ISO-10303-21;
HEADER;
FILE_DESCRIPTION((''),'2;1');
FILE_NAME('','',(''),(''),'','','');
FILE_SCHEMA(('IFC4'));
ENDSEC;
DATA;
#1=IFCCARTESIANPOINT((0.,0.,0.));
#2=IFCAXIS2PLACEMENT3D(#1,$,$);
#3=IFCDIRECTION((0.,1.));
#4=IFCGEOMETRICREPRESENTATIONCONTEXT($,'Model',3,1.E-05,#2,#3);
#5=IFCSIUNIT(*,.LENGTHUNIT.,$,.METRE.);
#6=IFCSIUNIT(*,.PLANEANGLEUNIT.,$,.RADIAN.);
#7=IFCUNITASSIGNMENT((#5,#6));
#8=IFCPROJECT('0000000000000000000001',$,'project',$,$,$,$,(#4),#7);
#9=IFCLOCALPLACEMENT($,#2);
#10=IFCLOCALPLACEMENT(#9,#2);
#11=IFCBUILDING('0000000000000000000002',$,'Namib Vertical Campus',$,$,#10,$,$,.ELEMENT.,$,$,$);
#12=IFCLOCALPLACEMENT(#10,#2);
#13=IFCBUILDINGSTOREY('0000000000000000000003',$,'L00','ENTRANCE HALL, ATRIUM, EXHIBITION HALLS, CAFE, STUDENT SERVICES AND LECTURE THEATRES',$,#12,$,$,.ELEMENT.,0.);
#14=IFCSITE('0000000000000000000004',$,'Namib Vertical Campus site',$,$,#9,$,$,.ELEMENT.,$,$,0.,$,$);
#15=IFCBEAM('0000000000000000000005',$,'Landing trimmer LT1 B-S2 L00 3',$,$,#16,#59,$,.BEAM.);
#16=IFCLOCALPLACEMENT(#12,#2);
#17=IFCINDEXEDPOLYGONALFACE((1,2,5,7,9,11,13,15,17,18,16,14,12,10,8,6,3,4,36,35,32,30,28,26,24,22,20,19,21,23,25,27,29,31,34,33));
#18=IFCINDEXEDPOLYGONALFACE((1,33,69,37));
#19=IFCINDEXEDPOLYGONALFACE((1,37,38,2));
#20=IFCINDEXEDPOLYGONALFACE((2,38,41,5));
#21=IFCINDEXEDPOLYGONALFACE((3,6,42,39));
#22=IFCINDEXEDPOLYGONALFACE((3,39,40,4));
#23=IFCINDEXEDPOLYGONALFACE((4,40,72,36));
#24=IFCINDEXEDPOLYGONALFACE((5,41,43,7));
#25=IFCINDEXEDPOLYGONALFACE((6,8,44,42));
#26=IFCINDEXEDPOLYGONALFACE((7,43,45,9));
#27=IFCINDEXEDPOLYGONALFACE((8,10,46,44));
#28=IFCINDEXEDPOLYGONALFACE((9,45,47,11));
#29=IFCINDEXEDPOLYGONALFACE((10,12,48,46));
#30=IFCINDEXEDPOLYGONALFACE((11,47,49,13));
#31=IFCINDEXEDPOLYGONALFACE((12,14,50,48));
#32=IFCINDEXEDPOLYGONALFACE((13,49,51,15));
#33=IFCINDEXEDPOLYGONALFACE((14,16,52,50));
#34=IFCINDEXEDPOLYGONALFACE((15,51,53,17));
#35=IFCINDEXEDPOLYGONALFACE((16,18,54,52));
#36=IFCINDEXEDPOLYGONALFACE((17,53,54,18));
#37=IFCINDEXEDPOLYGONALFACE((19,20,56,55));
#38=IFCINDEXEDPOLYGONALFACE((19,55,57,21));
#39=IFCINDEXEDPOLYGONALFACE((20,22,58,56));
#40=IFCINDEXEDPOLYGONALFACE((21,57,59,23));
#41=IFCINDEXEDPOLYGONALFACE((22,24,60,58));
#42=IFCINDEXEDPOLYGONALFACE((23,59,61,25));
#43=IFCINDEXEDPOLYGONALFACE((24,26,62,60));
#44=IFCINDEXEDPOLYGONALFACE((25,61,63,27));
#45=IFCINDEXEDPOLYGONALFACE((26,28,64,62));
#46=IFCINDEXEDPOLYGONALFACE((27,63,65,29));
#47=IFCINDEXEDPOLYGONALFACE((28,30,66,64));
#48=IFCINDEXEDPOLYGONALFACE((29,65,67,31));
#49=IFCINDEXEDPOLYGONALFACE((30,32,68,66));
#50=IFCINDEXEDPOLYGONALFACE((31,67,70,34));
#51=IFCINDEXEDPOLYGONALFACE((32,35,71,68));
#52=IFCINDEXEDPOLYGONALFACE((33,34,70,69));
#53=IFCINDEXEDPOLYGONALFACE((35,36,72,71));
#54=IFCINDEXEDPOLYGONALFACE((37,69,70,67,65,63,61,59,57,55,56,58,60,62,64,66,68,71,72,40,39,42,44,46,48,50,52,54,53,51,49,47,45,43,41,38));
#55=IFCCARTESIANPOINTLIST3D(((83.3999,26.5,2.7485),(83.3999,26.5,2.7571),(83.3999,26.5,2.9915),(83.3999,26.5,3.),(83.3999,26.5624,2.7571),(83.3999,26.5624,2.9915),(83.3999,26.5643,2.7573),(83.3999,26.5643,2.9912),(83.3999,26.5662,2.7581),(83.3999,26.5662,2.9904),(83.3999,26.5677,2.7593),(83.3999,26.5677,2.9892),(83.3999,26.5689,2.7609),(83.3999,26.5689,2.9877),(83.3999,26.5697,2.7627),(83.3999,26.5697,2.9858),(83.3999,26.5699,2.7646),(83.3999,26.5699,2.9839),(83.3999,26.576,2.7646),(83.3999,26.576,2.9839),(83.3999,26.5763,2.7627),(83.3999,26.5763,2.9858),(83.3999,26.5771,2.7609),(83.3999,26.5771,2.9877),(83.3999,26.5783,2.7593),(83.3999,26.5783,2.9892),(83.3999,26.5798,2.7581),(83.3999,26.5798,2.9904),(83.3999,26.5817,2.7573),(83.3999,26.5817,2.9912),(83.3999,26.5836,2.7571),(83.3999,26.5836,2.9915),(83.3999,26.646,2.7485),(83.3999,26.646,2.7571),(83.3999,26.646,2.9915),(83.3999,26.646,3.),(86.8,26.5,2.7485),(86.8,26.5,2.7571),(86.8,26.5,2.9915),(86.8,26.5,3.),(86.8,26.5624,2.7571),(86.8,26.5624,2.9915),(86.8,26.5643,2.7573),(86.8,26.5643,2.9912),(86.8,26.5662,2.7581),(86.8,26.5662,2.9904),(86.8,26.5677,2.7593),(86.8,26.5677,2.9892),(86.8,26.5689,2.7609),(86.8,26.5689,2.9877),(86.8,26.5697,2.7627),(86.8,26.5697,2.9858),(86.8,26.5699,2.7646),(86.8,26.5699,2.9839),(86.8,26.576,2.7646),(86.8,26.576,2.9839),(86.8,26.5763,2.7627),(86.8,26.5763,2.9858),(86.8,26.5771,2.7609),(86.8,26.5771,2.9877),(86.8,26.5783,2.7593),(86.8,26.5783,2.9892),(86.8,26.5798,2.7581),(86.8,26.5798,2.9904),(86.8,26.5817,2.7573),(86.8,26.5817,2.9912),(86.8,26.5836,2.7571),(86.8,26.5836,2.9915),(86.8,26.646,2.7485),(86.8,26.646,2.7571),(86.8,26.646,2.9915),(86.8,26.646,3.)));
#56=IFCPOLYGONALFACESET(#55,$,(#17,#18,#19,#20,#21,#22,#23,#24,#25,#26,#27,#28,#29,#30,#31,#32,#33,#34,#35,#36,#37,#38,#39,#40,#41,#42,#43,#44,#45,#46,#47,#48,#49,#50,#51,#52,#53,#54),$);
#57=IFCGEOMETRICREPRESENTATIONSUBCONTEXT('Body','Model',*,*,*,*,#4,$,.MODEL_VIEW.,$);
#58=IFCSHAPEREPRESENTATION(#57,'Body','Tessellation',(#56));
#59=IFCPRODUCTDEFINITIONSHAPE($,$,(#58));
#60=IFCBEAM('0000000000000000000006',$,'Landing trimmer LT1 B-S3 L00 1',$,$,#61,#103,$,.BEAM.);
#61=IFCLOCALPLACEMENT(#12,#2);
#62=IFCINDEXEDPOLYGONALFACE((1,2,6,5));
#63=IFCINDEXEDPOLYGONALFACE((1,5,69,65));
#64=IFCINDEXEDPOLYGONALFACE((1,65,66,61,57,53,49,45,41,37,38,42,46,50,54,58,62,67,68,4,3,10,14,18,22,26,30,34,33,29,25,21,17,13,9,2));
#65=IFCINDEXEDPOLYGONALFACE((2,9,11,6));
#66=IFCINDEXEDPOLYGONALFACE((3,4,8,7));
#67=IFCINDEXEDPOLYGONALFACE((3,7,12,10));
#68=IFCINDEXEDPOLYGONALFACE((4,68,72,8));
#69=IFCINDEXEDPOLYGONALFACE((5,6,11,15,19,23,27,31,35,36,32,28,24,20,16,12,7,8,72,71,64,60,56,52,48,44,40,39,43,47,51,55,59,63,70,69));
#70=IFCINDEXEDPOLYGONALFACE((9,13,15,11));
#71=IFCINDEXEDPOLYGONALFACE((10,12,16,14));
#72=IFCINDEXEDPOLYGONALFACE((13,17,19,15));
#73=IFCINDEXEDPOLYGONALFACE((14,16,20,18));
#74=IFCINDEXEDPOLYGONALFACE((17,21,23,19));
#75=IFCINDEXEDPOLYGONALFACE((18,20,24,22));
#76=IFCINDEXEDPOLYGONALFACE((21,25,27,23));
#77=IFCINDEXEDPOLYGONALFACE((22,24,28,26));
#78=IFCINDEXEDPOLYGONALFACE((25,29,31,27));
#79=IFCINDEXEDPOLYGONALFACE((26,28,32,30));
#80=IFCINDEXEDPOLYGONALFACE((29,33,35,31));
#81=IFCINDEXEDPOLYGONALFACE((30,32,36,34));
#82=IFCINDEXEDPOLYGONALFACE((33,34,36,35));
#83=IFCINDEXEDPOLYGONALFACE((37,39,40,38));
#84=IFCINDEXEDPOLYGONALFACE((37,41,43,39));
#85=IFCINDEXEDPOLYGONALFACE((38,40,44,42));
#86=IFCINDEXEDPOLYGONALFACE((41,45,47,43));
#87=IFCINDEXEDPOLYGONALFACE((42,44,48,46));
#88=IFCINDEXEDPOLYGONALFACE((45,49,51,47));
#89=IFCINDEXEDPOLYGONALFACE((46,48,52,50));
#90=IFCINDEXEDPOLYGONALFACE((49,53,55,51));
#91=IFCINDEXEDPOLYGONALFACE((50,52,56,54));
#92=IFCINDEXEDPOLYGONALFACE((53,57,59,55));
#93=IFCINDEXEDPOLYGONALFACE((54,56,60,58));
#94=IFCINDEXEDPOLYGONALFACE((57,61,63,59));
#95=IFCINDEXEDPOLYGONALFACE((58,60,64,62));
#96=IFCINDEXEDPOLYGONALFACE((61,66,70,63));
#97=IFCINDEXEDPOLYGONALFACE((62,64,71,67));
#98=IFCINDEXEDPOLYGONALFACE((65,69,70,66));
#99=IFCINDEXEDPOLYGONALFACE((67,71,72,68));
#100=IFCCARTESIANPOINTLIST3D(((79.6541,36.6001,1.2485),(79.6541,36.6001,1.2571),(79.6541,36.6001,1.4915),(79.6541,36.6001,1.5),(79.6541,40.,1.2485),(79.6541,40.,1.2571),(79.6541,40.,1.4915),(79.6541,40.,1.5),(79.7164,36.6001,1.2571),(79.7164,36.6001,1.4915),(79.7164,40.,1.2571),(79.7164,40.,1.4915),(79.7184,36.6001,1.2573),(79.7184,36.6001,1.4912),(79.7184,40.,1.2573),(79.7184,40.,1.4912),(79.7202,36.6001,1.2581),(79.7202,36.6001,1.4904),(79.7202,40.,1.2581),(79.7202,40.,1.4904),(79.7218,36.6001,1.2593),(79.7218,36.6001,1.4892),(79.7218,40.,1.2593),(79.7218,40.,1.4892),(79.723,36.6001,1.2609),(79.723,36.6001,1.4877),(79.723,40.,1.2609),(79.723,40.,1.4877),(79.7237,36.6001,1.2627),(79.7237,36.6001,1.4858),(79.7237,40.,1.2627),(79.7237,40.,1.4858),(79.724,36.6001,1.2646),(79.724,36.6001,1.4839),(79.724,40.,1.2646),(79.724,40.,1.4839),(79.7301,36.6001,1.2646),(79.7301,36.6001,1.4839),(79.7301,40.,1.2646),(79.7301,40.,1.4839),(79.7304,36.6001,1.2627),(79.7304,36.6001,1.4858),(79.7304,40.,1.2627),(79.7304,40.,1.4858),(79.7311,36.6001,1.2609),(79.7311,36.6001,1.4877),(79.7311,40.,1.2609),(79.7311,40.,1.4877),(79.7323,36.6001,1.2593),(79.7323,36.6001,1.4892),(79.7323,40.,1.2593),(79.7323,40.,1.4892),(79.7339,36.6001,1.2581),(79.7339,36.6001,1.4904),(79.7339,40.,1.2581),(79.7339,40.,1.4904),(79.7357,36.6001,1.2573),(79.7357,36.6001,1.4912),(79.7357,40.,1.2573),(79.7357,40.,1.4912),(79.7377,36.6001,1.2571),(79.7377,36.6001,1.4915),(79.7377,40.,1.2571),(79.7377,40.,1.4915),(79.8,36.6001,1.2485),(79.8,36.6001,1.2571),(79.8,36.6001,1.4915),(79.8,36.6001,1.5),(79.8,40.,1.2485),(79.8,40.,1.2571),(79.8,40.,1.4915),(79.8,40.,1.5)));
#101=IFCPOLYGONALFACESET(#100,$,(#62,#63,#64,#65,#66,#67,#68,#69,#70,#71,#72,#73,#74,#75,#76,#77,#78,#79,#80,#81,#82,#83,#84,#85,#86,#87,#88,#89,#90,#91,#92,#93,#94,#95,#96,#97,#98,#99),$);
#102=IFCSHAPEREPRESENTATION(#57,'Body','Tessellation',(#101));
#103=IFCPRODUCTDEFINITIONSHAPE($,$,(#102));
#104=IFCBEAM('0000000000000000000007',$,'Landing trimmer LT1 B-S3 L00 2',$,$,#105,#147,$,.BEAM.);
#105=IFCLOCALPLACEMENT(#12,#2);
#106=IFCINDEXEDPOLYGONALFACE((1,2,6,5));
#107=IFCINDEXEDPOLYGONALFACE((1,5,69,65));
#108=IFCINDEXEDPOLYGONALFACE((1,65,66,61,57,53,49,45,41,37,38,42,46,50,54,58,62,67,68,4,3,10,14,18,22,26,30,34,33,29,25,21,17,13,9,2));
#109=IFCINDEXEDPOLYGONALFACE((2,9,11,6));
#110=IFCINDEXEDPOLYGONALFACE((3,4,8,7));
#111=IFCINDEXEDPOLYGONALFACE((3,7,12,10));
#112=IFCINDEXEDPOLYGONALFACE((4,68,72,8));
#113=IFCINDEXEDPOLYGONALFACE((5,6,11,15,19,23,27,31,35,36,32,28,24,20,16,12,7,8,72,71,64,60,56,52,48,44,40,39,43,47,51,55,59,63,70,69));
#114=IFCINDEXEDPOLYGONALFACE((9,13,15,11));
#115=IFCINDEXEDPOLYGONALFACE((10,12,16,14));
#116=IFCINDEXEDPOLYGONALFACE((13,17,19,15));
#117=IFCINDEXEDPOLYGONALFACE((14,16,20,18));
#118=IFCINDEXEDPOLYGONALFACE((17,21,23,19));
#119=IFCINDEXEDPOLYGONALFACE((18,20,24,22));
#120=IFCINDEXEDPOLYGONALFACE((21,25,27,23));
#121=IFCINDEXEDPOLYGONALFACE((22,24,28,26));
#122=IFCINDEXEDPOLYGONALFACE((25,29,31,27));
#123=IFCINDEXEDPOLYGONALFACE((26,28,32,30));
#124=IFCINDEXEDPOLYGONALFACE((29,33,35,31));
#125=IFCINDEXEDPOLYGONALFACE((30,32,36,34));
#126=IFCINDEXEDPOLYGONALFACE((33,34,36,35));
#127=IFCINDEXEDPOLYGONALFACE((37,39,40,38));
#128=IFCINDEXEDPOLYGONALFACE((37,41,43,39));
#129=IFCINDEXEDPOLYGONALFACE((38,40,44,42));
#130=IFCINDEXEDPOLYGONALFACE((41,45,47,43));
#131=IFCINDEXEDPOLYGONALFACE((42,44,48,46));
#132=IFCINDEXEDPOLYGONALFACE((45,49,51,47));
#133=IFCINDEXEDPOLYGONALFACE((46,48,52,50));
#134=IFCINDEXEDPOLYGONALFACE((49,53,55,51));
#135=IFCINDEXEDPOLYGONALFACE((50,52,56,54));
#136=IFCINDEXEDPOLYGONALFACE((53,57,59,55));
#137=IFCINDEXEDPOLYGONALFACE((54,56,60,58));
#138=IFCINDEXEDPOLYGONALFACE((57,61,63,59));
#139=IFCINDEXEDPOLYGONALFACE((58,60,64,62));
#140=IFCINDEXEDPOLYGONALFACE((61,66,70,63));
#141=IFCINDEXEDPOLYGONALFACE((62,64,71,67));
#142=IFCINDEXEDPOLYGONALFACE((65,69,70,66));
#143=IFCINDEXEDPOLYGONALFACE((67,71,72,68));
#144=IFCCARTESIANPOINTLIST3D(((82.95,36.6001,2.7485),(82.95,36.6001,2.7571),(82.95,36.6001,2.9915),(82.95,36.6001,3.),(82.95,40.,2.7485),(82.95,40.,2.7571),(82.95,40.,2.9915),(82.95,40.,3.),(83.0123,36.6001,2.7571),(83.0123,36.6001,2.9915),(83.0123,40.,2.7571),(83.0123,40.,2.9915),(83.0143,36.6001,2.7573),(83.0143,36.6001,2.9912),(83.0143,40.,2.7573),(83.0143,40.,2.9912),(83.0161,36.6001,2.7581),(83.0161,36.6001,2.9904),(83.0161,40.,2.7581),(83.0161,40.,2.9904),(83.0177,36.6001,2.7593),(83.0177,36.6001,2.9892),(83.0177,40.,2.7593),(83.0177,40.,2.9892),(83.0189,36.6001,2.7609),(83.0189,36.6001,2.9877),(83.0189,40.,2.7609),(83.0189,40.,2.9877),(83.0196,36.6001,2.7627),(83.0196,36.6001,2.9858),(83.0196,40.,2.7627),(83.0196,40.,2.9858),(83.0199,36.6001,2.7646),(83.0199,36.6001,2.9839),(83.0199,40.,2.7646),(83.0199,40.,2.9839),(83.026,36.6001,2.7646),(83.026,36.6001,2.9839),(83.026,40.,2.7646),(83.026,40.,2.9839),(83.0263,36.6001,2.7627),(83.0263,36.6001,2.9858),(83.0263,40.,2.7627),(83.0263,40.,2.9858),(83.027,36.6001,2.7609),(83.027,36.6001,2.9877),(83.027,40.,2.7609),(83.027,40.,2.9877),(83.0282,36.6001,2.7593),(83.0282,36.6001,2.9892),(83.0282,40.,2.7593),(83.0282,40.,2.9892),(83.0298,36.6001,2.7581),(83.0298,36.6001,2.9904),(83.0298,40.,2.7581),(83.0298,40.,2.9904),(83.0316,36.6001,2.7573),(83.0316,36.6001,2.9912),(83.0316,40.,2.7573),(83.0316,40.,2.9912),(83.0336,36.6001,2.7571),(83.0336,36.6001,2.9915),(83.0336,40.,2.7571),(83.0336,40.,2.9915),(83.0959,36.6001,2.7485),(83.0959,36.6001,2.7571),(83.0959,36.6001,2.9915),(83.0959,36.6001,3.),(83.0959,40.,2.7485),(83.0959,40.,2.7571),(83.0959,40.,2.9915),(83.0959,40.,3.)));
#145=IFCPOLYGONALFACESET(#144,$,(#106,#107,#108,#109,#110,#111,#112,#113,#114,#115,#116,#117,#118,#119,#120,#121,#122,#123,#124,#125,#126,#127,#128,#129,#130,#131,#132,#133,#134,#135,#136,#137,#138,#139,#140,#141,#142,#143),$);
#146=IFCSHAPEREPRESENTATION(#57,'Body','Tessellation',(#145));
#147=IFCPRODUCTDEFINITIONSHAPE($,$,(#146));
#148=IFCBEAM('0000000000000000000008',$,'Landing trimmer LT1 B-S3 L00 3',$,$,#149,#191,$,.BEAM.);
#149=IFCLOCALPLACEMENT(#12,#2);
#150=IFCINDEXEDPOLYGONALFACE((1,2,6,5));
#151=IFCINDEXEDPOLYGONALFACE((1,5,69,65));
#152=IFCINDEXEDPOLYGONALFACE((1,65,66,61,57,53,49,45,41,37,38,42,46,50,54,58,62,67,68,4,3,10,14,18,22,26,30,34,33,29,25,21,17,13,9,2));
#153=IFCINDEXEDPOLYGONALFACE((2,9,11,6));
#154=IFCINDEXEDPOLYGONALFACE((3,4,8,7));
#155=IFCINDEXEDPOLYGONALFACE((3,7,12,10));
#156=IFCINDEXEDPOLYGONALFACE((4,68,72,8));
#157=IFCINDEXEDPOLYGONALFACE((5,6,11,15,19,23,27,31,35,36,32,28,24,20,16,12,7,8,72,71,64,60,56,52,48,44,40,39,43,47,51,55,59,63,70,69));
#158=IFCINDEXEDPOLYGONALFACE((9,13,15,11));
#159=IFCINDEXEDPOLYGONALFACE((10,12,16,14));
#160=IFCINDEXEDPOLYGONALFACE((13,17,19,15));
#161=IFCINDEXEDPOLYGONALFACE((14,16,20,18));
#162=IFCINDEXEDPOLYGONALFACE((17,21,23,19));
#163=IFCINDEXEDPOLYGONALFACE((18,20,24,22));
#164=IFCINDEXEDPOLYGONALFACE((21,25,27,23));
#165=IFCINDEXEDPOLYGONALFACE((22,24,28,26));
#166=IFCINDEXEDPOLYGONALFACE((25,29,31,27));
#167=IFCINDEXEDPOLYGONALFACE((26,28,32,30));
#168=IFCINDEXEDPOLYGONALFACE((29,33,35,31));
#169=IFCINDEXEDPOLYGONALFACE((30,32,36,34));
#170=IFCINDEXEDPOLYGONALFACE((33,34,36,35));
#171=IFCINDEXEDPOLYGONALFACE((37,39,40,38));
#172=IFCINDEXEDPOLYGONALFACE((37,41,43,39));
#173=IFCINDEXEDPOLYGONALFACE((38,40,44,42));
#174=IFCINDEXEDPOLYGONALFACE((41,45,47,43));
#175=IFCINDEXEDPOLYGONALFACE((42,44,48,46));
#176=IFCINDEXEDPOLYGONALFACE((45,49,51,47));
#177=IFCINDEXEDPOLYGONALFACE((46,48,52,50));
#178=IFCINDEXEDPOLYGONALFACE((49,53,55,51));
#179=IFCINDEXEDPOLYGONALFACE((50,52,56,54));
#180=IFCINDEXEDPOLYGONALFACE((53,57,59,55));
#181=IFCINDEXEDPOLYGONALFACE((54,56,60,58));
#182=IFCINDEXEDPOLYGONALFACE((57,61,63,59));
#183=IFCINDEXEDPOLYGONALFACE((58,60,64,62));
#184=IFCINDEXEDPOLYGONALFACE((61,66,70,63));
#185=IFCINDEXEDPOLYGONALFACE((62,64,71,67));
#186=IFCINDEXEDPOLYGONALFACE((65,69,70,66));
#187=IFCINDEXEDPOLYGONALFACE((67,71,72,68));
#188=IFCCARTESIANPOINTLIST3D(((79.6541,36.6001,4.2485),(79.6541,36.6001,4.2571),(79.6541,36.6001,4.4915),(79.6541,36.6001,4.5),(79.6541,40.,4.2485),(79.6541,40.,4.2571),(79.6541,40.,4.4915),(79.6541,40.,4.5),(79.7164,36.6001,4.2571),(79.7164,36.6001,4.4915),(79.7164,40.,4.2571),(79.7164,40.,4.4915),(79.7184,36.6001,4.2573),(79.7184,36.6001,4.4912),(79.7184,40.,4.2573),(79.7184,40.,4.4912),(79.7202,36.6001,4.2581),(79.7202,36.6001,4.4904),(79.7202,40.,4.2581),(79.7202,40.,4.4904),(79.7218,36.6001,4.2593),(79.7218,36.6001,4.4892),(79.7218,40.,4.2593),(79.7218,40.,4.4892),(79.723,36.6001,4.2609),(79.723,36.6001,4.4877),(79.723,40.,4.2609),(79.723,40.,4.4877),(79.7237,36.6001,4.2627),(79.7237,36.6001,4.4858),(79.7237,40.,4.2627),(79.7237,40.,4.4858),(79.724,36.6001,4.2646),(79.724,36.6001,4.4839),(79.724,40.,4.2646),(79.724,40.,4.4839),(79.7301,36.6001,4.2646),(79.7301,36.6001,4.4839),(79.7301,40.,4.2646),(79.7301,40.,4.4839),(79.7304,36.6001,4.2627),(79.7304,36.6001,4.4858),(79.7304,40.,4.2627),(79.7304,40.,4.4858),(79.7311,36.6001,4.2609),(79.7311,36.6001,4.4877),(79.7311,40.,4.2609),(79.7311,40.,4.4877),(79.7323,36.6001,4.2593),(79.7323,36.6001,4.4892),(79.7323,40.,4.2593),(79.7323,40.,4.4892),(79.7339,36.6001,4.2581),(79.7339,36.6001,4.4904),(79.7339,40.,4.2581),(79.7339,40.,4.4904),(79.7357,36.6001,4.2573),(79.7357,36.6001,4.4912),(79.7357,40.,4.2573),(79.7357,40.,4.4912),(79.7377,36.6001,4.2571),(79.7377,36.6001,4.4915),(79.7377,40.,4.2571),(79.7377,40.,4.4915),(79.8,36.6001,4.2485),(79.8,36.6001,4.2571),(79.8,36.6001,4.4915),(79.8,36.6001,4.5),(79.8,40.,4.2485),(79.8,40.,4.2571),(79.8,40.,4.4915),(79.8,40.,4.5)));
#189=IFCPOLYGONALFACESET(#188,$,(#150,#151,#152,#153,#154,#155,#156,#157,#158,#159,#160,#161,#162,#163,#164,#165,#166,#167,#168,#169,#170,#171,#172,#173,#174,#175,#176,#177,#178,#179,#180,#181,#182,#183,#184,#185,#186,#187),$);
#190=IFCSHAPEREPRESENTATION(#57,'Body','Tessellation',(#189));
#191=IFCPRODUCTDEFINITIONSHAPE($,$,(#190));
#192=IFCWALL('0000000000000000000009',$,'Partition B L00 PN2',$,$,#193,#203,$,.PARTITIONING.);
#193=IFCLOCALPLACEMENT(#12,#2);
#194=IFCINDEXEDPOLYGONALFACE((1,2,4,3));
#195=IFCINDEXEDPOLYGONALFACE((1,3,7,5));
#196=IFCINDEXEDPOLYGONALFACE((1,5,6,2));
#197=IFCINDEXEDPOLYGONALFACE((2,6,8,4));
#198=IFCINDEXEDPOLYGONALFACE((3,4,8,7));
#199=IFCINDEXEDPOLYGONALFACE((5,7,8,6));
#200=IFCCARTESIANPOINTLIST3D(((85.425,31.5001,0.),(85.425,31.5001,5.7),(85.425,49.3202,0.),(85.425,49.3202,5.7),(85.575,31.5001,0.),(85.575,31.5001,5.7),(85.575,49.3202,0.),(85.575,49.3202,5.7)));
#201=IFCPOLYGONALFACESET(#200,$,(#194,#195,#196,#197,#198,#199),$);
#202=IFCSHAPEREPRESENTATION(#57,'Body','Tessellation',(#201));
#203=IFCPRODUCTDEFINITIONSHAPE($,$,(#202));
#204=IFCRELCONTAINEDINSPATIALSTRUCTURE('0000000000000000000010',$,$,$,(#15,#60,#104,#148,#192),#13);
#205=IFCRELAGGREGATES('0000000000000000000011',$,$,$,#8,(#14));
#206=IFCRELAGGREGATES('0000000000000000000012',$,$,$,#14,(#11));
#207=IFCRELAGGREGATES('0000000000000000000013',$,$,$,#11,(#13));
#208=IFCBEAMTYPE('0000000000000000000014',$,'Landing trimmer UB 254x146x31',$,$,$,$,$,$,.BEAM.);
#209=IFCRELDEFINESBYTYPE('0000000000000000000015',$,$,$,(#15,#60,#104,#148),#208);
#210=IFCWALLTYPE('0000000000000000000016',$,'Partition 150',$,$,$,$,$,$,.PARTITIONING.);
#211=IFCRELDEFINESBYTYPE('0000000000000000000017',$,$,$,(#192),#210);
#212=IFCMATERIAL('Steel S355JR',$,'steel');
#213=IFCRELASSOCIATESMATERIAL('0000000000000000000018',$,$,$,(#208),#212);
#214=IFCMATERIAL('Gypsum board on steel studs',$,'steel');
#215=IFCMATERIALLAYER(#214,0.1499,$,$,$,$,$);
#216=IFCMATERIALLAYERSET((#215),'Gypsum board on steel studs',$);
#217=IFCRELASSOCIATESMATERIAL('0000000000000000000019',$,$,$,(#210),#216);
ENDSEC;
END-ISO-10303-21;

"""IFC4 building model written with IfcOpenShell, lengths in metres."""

from ifc_helpers import new_model, si_unit, direction, frame, frame_2d, origin, origin_2d, place, context, subcontext, project, spatial, rectangle, i_section, extrude, material, layer, layer_set, material_profile, profile_set, type_object, element, save


model = new_model("IFC4")

# Units and contexts
model_context = context("Model", 3, precision=1e-05, world=origin(), true_north=direction((0.0, 1.0)))
body_context = subcontext(model_context, "Body", "Model", "MODEL_VIEW")
ifc_project = project(units=[si_unit("LENGTHUNIT", "METRE"), si_unit("PLANEANGLEUNIT", "RADIAN")], contexts=[model_context])

# Site, building, storey
site_placement = place(None, origin())
site = spatial("IfcSite", under=ifc_project, at=site_placement, Name="Namib Vertical Campus site", CompositionType="ELEMENT", RefElevation=0.0)
building_placement = place(site_placement, origin())
building = spatial("IfcBuilding", under=site, at=building_placement, Name="Namib Vertical Campus", CompositionType="ELEMENT")
storey_placement = place(building_placement, origin())
storey = spatial("IfcBuildingStorey", under=building, at=storey_placement, Name="L00", Description="ENTRANCE HALL, ATRIUM, EXHIBITION HALLS, CAFE, STUDENT SERVICES AND LECTURE THEATRES", CompositionType="ELEMENT", Elevation=0.0)

# Beams
ifc_material_1 = material(Name="Steel S355JR", Category="steel")
ifc_material_profile_1 = material_profile(ifc_material_1, i_section(OverallWidth=0.146, OverallDepth=0.2515, WebThickness=0.0061, FlangeThickness=0.0085, FilletRadius=0.0076, at=origin_2d()))
ifc_profile_set_1 = profile_set([ifc_material_profile_1], Name="Steel S355JR")
beam_type = type_object("IfcBeamType", Name="Landing trimmer UB 254x146x31", PredefinedType="BEAM", material=ifc_profile_set_1)
for number, where, z_axis, x_axis, name in (
    (1, (83.3999, 26.573, 2.8743), (1.0, 0.0, 0.0), (0.0, 1.0, 0.0), "Landing trimmer LT1 B-S2 L00 3"),
):
    element("IfcBeam", number, at=place(storey_placement, frame(where, z_axis=z_axis, x_axis=x_axis)), inside=storey, type_object=beam_type, Name=name, PredefinedType="BEAM", context=body_context, shape_type="SweptSolid", body=[
        extrude(i_section(OverallWidth=0.146, OverallDepth=0.2515, WebThickness=0.0061, FlangeThickness=0.0085, FilletRadius=0.0076, at=origin_2d()), origin(), (0.0, 0.0, 1.0), 3.4001),
    ])
for number, where, z_axis, x_axis, name in (
    (2, (79.7271, 36.6001, 1.3743), (0.0, 1.0, 0.0), (-1.0, 0.0, 0.0), "Landing trimmer LT1 B-S3 L00 1"),
    (3, (83.0229, 36.6001, 2.8743), (0.0, 1.0, 0.0), (-1.0, 0.0, 0.0), "Landing trimmer LT1 B-S3 L00 2"),
    (4, (79.7271, 36.6001, 4.3743), (0.0, 1.0, 0.0), (-1.0, 0.0, 0.0), "Landing trimmer LT1 B-S3 L00 3"),
):
    element("IfcBeam", number, at=place(storey_placement, frame(where, z_axis=z_axis, x_axis=x_axis)), inside=storey, type_object=beam_type, Name=name, PredefinedType="BEAM", context=body_context, shape_type="SweptSolid", body=[
        extrude(i_section(OverallWidth=0.146, OverallDepth=0.2515, WebThickness=0.0061, FlangeThickness=0.0085, FilletRadius=0.0076, at=origin_2d()), origin(), (0.0, 0.0, 1.0), 3.3999),
    ])

# Wall
ifc_material_2 = material(Name="Gypsum board on steel studs", Category="steel")
ifc_layer_1 = layer(ifc_material_2, 0.1499)
ifc_layer_set_1 = layer_set([ifc_layer_1], Name="Gypsum board on steel studs")
wall_type_1 = type_object("IfcWallType", Name="Partition 150", PredefinedType="PARTITIONING", material=ifc_layer_set_1)
wall_1_placement = place(storey_placement, frame((85.5, 31.5, 0.0), z_axis=(0.0, 0.0, 1.0), x_axis=(0.0, 1.0, 0.0)))
element("IfcWall", 5, at=wall_1_placement, inside=storey, type_object=wall_type_1, Name="Partition B L00 PN2", PredefinedType="PARTITIONING", context=body_context, shape_type="SweptSolid", body=[
    extrude(rectangle(XDim=17.8201, YDim=0.1499, at=frame_2d((8.9102, 0.0))), origin(), (0.0, 0.0, 1.0), 5.7),
])

save(model, "model.ifc")
